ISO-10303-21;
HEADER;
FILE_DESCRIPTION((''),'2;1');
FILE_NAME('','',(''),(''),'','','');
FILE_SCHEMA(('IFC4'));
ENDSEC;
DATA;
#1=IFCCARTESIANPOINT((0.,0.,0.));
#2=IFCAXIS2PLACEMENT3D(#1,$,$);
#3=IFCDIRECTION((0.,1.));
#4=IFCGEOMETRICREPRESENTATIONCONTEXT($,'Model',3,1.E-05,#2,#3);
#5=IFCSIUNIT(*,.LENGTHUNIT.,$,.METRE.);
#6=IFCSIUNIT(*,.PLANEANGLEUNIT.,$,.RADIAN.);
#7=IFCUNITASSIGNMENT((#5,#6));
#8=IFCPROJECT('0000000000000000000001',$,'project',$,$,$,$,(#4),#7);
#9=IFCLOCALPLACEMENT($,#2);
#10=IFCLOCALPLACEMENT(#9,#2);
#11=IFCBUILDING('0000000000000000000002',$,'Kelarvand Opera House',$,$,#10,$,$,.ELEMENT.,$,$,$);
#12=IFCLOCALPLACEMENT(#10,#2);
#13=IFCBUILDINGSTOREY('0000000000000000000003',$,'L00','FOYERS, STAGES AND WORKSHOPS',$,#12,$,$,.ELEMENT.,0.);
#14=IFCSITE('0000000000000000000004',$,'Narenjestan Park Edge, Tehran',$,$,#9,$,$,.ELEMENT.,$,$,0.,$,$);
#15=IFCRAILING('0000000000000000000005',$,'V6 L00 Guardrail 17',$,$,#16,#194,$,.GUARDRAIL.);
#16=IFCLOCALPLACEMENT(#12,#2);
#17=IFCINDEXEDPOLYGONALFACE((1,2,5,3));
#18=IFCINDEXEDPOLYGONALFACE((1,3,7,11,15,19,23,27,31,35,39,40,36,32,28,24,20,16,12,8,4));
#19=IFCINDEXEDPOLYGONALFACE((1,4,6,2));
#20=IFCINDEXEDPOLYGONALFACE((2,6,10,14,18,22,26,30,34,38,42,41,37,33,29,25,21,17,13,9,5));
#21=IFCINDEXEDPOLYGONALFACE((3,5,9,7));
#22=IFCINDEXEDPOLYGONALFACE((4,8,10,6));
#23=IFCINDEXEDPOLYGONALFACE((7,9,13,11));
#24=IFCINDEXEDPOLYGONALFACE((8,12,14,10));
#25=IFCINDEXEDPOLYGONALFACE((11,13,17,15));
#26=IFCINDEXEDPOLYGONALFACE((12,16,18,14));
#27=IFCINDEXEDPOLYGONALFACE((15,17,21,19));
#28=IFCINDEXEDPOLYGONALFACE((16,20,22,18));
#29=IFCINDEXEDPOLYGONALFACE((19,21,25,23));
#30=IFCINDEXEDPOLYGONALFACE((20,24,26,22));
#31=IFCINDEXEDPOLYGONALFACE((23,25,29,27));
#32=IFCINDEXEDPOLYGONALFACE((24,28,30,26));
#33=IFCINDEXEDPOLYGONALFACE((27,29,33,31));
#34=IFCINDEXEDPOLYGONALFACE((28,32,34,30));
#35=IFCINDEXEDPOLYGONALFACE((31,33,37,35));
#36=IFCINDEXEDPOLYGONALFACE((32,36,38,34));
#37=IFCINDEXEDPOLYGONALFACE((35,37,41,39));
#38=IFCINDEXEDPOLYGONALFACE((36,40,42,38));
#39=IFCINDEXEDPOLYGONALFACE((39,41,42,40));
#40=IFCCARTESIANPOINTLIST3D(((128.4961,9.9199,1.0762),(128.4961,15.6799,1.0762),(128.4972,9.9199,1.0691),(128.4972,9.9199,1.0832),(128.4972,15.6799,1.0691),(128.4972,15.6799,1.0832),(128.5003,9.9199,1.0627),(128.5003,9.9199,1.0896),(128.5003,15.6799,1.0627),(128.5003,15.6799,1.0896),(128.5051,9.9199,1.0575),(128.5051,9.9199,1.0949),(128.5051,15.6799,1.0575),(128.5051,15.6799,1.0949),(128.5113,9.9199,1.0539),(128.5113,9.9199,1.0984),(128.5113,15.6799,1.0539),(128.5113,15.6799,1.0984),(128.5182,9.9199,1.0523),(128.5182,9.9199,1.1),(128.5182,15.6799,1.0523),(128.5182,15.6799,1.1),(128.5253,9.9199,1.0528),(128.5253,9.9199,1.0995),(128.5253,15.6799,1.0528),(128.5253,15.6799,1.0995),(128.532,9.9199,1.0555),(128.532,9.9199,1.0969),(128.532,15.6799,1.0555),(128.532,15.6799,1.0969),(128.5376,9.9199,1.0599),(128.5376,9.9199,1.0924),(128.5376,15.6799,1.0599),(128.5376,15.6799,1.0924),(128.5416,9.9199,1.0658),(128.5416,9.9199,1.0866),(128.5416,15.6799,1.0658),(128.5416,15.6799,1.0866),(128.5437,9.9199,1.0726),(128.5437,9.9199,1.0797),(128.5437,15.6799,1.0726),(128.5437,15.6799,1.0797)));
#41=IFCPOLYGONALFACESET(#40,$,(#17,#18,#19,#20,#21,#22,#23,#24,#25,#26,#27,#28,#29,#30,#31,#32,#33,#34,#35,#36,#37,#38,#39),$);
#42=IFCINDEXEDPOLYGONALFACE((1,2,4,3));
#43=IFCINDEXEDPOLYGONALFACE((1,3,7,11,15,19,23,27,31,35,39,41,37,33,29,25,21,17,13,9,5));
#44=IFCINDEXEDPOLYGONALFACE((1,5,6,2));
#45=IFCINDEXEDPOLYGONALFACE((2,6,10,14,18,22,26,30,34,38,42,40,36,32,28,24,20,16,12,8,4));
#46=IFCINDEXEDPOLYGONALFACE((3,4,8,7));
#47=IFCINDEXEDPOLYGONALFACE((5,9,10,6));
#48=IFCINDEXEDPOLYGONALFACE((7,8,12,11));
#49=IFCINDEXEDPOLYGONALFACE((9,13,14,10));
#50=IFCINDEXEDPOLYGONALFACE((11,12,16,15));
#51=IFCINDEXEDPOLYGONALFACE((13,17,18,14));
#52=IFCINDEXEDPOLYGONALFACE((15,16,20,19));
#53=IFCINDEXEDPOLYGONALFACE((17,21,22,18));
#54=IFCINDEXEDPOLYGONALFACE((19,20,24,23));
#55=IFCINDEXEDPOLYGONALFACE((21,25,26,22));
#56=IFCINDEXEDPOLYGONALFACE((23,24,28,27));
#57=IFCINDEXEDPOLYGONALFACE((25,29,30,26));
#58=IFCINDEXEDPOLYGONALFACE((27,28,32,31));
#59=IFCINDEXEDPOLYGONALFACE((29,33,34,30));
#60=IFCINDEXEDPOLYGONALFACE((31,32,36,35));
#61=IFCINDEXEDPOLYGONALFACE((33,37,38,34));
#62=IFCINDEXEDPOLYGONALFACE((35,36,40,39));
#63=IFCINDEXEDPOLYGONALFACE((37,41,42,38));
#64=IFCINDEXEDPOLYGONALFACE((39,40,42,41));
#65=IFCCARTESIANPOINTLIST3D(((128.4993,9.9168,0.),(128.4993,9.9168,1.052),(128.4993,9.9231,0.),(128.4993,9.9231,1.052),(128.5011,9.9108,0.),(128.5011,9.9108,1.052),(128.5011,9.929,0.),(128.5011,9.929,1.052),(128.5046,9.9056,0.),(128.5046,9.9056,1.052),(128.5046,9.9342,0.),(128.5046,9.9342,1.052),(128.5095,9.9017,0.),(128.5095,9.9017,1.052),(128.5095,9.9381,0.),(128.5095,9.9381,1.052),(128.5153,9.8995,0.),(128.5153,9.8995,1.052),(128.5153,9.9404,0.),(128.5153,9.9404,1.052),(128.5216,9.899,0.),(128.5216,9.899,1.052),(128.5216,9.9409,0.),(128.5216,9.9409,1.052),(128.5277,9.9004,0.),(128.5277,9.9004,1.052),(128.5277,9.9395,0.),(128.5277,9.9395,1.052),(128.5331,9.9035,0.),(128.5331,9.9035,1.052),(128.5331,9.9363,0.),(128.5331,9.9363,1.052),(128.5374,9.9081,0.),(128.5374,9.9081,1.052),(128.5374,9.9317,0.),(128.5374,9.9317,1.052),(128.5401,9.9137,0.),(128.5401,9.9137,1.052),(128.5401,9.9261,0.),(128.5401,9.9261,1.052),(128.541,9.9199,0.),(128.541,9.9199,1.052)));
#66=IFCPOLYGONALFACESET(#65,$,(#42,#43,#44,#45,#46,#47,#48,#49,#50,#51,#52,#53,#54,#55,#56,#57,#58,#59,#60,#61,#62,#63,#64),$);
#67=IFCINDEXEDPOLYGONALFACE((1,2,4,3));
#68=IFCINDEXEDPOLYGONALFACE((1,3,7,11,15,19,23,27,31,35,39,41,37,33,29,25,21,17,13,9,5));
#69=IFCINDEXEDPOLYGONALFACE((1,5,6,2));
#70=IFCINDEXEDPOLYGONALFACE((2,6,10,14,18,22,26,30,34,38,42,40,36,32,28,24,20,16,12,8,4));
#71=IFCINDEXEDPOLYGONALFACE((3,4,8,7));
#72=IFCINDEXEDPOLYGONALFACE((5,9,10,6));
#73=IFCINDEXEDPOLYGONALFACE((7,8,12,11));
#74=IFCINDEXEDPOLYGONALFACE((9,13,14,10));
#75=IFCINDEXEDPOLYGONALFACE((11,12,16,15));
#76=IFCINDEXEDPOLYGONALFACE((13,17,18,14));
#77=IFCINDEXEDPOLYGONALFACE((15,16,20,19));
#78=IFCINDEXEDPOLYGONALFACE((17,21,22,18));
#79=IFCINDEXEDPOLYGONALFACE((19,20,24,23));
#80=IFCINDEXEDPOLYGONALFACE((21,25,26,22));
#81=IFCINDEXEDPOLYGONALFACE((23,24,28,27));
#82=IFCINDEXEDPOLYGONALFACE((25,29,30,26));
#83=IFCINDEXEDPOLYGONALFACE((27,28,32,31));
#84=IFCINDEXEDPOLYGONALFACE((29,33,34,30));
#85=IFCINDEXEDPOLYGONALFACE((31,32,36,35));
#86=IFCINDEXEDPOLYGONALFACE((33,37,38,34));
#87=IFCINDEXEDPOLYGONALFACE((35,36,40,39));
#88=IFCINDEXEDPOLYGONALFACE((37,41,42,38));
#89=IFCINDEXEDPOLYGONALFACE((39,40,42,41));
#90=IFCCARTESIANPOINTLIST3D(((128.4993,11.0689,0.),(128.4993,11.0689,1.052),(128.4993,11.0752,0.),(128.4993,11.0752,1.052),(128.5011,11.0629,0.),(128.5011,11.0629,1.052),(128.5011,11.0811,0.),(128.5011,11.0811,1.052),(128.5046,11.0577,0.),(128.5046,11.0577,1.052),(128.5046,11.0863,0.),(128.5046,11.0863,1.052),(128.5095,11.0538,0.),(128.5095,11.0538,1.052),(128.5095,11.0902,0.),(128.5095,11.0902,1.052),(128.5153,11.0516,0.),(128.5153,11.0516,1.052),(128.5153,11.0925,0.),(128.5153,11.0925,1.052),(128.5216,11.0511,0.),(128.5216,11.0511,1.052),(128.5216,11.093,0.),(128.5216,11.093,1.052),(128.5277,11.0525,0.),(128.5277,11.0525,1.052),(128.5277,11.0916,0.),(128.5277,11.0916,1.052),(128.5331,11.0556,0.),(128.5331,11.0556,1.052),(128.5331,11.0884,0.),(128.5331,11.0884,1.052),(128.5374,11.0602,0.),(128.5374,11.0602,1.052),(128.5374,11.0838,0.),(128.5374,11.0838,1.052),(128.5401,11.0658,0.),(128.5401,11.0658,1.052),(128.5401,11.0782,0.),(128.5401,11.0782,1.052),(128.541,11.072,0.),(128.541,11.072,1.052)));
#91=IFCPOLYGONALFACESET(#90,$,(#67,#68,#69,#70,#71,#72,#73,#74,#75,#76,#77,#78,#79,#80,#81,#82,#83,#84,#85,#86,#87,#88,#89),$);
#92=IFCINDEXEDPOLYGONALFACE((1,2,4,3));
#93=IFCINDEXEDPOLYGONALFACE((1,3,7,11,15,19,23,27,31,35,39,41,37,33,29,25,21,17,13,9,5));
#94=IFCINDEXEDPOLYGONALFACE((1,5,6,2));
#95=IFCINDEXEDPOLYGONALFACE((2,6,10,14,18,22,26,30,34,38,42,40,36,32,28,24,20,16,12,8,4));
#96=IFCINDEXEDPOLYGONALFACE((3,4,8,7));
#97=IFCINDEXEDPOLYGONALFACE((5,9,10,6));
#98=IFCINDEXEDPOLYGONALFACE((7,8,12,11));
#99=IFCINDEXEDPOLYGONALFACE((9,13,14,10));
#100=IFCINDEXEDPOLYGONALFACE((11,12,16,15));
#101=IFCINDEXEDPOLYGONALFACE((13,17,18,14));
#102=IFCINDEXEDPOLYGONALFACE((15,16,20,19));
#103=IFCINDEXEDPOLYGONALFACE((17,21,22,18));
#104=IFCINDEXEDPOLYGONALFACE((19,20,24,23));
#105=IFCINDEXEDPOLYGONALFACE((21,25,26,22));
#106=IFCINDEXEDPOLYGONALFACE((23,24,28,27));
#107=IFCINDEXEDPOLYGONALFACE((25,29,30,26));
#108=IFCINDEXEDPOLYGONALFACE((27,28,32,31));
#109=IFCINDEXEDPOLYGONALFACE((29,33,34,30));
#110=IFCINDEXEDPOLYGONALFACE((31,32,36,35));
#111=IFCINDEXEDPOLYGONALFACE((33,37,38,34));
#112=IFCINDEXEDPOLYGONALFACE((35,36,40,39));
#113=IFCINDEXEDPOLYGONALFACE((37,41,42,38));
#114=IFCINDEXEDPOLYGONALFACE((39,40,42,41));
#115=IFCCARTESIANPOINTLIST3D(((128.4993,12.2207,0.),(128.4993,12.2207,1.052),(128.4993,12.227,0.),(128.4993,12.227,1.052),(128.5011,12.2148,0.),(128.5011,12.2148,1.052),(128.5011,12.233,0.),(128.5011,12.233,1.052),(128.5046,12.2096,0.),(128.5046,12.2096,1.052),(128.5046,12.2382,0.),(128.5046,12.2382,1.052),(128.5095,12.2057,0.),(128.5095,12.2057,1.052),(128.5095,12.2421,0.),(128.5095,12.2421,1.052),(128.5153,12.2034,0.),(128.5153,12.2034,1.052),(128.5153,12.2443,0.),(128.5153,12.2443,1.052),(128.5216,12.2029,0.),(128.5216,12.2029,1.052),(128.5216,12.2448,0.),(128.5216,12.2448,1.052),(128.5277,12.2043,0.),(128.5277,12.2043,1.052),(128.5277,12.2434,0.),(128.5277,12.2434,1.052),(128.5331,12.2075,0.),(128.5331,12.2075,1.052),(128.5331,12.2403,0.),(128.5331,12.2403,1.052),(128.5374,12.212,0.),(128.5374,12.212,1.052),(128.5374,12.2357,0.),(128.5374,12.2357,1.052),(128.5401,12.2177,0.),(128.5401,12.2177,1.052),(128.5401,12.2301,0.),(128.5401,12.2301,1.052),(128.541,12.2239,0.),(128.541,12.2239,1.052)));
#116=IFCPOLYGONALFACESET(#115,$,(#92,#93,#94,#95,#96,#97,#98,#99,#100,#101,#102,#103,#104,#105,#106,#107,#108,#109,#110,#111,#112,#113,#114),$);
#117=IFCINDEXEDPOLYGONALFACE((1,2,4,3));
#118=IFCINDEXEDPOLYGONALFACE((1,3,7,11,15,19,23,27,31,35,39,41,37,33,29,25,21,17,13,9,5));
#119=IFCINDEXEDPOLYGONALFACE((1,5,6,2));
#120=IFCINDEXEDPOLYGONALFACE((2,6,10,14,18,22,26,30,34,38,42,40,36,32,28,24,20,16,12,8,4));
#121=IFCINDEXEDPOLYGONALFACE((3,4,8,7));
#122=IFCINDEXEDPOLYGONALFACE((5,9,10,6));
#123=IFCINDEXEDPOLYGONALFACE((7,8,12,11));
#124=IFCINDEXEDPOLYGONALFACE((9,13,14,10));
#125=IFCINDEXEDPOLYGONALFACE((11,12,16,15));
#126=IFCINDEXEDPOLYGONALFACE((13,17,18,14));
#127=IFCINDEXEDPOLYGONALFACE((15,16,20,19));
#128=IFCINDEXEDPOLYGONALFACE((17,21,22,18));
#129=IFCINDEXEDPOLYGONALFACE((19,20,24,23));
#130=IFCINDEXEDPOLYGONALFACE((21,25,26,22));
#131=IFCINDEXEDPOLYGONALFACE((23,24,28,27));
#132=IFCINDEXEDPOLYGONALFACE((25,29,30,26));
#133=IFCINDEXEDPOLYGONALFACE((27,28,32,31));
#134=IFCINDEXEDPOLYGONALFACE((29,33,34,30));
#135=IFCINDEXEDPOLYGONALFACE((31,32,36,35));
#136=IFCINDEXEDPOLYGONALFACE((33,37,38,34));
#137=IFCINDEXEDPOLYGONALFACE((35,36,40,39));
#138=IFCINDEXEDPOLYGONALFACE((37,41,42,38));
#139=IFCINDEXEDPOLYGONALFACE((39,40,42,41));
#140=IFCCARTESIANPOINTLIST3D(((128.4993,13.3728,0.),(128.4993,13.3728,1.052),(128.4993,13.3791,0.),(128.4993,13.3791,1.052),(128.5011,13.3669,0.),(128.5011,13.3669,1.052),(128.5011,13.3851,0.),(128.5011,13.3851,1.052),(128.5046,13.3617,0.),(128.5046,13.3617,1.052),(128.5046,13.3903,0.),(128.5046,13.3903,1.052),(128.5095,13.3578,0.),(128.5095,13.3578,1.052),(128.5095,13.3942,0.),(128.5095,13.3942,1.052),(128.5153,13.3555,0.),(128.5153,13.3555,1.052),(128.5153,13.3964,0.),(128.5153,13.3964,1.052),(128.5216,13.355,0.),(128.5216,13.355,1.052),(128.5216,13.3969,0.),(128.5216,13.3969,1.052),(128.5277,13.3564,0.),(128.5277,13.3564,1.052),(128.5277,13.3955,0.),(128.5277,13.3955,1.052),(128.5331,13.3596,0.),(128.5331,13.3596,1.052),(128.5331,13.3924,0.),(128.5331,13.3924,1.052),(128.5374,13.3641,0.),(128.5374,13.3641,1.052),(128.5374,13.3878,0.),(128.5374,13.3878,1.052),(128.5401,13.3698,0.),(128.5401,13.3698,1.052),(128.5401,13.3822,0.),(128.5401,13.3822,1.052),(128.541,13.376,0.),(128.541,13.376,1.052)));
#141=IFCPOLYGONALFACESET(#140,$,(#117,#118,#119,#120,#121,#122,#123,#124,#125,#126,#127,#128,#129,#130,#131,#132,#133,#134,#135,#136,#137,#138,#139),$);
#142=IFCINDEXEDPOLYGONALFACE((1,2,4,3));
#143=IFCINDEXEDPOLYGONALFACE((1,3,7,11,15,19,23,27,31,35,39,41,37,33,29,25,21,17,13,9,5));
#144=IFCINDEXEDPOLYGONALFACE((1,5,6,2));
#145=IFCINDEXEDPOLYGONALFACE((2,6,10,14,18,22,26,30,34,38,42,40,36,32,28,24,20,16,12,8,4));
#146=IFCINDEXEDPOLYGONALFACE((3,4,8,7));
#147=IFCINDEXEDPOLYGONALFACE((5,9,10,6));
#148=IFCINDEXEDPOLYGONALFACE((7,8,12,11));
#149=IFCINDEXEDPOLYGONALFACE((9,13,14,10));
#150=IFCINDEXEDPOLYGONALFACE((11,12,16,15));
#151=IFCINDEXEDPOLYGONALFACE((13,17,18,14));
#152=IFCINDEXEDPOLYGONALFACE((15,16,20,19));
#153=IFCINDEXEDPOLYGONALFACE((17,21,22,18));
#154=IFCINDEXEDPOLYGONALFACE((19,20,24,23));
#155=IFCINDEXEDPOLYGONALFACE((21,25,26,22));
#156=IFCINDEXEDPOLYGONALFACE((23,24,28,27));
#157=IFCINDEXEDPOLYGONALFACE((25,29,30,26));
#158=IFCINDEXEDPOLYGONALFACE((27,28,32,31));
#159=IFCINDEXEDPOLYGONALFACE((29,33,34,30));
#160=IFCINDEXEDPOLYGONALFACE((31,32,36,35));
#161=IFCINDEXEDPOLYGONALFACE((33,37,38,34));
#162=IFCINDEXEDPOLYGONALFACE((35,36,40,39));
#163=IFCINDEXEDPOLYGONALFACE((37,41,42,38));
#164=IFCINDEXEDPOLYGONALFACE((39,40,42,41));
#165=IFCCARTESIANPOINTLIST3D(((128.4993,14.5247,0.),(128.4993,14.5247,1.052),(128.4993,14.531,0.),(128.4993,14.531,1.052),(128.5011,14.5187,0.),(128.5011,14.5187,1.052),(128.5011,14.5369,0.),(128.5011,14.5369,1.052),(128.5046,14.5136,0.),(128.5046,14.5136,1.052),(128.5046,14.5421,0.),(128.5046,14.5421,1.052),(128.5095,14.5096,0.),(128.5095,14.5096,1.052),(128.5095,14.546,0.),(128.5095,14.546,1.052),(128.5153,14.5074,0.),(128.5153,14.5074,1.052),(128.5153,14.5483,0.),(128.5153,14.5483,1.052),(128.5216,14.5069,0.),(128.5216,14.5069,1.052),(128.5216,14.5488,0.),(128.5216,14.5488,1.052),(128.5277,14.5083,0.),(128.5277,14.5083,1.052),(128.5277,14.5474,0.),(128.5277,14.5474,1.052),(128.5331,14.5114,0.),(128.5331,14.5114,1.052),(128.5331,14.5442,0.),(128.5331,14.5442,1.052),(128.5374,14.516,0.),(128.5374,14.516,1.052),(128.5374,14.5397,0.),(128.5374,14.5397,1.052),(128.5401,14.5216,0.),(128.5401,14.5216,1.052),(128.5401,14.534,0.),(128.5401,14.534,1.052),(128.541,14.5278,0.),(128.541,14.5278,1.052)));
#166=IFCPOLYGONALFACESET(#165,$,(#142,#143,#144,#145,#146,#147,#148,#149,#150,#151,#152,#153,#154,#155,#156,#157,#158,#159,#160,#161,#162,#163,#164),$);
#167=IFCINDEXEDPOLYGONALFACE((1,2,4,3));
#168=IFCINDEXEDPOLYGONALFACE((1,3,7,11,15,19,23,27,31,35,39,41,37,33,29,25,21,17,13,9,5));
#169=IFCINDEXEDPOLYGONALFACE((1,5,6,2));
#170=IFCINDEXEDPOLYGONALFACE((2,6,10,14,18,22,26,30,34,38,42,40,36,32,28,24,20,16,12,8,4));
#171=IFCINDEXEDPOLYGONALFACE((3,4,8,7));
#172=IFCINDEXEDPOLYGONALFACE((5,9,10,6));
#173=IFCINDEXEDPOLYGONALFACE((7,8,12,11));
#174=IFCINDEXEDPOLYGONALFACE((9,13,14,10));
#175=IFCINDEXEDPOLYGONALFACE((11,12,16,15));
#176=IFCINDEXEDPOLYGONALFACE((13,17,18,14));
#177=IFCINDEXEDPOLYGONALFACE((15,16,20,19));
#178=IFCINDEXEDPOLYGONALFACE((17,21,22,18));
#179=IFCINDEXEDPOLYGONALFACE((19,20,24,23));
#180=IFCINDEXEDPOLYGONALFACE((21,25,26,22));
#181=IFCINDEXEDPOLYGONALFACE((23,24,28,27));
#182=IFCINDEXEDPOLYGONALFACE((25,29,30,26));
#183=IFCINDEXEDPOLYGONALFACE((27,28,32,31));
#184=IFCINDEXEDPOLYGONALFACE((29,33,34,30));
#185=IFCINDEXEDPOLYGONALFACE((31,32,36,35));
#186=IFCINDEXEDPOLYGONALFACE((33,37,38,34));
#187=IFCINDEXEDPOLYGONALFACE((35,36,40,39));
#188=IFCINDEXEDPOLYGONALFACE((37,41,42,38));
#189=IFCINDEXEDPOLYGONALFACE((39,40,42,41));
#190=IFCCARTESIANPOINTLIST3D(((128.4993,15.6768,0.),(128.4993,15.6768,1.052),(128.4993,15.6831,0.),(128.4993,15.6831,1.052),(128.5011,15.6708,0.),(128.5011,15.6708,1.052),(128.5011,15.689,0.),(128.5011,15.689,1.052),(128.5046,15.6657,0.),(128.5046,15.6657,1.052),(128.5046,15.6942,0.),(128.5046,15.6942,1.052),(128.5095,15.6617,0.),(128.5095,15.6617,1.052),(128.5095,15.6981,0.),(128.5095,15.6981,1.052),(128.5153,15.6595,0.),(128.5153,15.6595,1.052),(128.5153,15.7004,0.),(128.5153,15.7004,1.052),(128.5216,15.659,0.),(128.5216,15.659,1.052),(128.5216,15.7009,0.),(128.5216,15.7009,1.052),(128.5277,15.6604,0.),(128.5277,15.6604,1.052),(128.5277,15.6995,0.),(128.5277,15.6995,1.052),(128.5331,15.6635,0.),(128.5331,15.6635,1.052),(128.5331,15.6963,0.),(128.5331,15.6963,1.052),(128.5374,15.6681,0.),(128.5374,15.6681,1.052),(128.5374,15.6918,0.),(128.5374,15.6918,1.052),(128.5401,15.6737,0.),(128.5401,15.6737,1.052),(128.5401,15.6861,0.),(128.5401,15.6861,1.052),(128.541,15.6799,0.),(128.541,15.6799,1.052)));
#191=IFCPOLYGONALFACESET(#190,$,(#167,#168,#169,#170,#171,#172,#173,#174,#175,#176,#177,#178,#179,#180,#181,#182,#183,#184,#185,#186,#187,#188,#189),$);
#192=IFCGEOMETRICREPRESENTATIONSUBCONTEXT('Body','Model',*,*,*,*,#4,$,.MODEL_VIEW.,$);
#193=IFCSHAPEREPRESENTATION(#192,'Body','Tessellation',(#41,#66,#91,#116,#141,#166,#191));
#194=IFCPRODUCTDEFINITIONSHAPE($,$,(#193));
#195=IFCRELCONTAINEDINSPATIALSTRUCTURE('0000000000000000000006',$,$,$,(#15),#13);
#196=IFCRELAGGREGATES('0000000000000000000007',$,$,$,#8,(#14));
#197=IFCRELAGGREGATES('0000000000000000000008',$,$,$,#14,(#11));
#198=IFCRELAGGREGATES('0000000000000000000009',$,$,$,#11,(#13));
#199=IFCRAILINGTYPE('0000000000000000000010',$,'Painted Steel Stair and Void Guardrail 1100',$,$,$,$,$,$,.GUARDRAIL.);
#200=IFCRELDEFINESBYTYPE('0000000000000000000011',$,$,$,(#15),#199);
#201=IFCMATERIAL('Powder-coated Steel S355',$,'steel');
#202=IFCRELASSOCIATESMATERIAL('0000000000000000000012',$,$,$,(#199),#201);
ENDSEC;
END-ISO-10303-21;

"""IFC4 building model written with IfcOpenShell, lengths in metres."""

from ifc_helpers import new_model, si_unit, direction, frame, origin, origin_2d, place, context, subcontext, project, spatial, circle, extrude, material, type_object, element, save


model = new_model("IFC4")

# Units and contexts
model_context = context("Model", 3, precision=1e-05, world=origin(), true_north=direction((0.0, 1.0)))
body_context = subcontext(model_context, "Body", "Model", "MODEL_VIEW")
ifc_project = project(units=[si_unit("LENGTHUNIT", "METRE"), si_unit("PLANEANGLEUNIT", "RADIAN")], contexts=[model_context])

# Site, building, storey
site_placement = place(None, origin())
site = spatial("IfcSite", under=ifc_project, at=site_placement, Name="Narenjestan Park Edge, Tehran", CompositionType="ELEMENT", RefElevation=0.0)
building_placement = place(site_placement, origin())
building = spatial("IfcBuilding", under=site, at=building_placement, Name="Kelarvand Opera House", CompositionType="ELEMENT")
storey_placement = place(building_placement, origin())
storey = spatial("IfcBuildingStorey", under=building, at=storey_placement, Name="L00", Description="FOYERS, STAGES AND WORKSHOPS", CompositionType="ELEMENT", Elevation=0.0)

# Railing
ifc_material_1 = material(Name="Powder-coated Steel S355", Category="steel")
railing_type = type_object("IfcRailingType", Name="Painted Steel Stair and Void Guardrail 1100", PredefinedType="GUARDRAIL", material=ifc_material_1)
railing_1_placement = place(storey_placement, frame((128.52, 9.9199, 0.0)))
element("IfcRailing", 1, at=railing_1_placement, inside=storey, type_object=railing_type, Name="V6 L00 Guardrail 17", PredefinedType="GUARDRAIL", context=body_context, shape_type="SweptSolid", body=[
    extrude(circle(Radius=0.0239, at=origin_2d()), frame((0.0, 0.0, 1.0762), z_axis=(0.0, 1.0, 0.0), x_axis=(-1.0, 0.0, 0.0)), (0.0, 0.0, 1.0), 5.76),
    extrude(circle(Radius=0.021, at=origin_2d()), origin(), (0.0, 0.0, 1.0), 1.052),
    extrude(circle(Radius=0.021, at=origin_2d()), frame((0.0, 1.1521, 0.0)), (0.0, 0.0, 1.0), 1.052),
    extrude(circle(Radius=0.021, at=origin_2d()), frame((0.0, 2.304, 0.0)), (0.0, 0.0, 1.0), 1.052),
    extrude(circle(Radius=0.021, at=origin_2d()), frame((0.0, 3.4561, 0.0)), (0.0, 0.0, 1.0), 1.052),
    extrude(circle(Radius=0.021, at=origin_2d()), frame((0.0, 4.6079, 0.0)), (0.0, 0.0, 1.0), 1.052),
    extrude(circle(Radius=0.021, at=origin_2d()), frame((0.0, 5.76, 0.0)), (0.0, 0.0, 1.0), 1.052),
])

save(model, "model.ifc")
